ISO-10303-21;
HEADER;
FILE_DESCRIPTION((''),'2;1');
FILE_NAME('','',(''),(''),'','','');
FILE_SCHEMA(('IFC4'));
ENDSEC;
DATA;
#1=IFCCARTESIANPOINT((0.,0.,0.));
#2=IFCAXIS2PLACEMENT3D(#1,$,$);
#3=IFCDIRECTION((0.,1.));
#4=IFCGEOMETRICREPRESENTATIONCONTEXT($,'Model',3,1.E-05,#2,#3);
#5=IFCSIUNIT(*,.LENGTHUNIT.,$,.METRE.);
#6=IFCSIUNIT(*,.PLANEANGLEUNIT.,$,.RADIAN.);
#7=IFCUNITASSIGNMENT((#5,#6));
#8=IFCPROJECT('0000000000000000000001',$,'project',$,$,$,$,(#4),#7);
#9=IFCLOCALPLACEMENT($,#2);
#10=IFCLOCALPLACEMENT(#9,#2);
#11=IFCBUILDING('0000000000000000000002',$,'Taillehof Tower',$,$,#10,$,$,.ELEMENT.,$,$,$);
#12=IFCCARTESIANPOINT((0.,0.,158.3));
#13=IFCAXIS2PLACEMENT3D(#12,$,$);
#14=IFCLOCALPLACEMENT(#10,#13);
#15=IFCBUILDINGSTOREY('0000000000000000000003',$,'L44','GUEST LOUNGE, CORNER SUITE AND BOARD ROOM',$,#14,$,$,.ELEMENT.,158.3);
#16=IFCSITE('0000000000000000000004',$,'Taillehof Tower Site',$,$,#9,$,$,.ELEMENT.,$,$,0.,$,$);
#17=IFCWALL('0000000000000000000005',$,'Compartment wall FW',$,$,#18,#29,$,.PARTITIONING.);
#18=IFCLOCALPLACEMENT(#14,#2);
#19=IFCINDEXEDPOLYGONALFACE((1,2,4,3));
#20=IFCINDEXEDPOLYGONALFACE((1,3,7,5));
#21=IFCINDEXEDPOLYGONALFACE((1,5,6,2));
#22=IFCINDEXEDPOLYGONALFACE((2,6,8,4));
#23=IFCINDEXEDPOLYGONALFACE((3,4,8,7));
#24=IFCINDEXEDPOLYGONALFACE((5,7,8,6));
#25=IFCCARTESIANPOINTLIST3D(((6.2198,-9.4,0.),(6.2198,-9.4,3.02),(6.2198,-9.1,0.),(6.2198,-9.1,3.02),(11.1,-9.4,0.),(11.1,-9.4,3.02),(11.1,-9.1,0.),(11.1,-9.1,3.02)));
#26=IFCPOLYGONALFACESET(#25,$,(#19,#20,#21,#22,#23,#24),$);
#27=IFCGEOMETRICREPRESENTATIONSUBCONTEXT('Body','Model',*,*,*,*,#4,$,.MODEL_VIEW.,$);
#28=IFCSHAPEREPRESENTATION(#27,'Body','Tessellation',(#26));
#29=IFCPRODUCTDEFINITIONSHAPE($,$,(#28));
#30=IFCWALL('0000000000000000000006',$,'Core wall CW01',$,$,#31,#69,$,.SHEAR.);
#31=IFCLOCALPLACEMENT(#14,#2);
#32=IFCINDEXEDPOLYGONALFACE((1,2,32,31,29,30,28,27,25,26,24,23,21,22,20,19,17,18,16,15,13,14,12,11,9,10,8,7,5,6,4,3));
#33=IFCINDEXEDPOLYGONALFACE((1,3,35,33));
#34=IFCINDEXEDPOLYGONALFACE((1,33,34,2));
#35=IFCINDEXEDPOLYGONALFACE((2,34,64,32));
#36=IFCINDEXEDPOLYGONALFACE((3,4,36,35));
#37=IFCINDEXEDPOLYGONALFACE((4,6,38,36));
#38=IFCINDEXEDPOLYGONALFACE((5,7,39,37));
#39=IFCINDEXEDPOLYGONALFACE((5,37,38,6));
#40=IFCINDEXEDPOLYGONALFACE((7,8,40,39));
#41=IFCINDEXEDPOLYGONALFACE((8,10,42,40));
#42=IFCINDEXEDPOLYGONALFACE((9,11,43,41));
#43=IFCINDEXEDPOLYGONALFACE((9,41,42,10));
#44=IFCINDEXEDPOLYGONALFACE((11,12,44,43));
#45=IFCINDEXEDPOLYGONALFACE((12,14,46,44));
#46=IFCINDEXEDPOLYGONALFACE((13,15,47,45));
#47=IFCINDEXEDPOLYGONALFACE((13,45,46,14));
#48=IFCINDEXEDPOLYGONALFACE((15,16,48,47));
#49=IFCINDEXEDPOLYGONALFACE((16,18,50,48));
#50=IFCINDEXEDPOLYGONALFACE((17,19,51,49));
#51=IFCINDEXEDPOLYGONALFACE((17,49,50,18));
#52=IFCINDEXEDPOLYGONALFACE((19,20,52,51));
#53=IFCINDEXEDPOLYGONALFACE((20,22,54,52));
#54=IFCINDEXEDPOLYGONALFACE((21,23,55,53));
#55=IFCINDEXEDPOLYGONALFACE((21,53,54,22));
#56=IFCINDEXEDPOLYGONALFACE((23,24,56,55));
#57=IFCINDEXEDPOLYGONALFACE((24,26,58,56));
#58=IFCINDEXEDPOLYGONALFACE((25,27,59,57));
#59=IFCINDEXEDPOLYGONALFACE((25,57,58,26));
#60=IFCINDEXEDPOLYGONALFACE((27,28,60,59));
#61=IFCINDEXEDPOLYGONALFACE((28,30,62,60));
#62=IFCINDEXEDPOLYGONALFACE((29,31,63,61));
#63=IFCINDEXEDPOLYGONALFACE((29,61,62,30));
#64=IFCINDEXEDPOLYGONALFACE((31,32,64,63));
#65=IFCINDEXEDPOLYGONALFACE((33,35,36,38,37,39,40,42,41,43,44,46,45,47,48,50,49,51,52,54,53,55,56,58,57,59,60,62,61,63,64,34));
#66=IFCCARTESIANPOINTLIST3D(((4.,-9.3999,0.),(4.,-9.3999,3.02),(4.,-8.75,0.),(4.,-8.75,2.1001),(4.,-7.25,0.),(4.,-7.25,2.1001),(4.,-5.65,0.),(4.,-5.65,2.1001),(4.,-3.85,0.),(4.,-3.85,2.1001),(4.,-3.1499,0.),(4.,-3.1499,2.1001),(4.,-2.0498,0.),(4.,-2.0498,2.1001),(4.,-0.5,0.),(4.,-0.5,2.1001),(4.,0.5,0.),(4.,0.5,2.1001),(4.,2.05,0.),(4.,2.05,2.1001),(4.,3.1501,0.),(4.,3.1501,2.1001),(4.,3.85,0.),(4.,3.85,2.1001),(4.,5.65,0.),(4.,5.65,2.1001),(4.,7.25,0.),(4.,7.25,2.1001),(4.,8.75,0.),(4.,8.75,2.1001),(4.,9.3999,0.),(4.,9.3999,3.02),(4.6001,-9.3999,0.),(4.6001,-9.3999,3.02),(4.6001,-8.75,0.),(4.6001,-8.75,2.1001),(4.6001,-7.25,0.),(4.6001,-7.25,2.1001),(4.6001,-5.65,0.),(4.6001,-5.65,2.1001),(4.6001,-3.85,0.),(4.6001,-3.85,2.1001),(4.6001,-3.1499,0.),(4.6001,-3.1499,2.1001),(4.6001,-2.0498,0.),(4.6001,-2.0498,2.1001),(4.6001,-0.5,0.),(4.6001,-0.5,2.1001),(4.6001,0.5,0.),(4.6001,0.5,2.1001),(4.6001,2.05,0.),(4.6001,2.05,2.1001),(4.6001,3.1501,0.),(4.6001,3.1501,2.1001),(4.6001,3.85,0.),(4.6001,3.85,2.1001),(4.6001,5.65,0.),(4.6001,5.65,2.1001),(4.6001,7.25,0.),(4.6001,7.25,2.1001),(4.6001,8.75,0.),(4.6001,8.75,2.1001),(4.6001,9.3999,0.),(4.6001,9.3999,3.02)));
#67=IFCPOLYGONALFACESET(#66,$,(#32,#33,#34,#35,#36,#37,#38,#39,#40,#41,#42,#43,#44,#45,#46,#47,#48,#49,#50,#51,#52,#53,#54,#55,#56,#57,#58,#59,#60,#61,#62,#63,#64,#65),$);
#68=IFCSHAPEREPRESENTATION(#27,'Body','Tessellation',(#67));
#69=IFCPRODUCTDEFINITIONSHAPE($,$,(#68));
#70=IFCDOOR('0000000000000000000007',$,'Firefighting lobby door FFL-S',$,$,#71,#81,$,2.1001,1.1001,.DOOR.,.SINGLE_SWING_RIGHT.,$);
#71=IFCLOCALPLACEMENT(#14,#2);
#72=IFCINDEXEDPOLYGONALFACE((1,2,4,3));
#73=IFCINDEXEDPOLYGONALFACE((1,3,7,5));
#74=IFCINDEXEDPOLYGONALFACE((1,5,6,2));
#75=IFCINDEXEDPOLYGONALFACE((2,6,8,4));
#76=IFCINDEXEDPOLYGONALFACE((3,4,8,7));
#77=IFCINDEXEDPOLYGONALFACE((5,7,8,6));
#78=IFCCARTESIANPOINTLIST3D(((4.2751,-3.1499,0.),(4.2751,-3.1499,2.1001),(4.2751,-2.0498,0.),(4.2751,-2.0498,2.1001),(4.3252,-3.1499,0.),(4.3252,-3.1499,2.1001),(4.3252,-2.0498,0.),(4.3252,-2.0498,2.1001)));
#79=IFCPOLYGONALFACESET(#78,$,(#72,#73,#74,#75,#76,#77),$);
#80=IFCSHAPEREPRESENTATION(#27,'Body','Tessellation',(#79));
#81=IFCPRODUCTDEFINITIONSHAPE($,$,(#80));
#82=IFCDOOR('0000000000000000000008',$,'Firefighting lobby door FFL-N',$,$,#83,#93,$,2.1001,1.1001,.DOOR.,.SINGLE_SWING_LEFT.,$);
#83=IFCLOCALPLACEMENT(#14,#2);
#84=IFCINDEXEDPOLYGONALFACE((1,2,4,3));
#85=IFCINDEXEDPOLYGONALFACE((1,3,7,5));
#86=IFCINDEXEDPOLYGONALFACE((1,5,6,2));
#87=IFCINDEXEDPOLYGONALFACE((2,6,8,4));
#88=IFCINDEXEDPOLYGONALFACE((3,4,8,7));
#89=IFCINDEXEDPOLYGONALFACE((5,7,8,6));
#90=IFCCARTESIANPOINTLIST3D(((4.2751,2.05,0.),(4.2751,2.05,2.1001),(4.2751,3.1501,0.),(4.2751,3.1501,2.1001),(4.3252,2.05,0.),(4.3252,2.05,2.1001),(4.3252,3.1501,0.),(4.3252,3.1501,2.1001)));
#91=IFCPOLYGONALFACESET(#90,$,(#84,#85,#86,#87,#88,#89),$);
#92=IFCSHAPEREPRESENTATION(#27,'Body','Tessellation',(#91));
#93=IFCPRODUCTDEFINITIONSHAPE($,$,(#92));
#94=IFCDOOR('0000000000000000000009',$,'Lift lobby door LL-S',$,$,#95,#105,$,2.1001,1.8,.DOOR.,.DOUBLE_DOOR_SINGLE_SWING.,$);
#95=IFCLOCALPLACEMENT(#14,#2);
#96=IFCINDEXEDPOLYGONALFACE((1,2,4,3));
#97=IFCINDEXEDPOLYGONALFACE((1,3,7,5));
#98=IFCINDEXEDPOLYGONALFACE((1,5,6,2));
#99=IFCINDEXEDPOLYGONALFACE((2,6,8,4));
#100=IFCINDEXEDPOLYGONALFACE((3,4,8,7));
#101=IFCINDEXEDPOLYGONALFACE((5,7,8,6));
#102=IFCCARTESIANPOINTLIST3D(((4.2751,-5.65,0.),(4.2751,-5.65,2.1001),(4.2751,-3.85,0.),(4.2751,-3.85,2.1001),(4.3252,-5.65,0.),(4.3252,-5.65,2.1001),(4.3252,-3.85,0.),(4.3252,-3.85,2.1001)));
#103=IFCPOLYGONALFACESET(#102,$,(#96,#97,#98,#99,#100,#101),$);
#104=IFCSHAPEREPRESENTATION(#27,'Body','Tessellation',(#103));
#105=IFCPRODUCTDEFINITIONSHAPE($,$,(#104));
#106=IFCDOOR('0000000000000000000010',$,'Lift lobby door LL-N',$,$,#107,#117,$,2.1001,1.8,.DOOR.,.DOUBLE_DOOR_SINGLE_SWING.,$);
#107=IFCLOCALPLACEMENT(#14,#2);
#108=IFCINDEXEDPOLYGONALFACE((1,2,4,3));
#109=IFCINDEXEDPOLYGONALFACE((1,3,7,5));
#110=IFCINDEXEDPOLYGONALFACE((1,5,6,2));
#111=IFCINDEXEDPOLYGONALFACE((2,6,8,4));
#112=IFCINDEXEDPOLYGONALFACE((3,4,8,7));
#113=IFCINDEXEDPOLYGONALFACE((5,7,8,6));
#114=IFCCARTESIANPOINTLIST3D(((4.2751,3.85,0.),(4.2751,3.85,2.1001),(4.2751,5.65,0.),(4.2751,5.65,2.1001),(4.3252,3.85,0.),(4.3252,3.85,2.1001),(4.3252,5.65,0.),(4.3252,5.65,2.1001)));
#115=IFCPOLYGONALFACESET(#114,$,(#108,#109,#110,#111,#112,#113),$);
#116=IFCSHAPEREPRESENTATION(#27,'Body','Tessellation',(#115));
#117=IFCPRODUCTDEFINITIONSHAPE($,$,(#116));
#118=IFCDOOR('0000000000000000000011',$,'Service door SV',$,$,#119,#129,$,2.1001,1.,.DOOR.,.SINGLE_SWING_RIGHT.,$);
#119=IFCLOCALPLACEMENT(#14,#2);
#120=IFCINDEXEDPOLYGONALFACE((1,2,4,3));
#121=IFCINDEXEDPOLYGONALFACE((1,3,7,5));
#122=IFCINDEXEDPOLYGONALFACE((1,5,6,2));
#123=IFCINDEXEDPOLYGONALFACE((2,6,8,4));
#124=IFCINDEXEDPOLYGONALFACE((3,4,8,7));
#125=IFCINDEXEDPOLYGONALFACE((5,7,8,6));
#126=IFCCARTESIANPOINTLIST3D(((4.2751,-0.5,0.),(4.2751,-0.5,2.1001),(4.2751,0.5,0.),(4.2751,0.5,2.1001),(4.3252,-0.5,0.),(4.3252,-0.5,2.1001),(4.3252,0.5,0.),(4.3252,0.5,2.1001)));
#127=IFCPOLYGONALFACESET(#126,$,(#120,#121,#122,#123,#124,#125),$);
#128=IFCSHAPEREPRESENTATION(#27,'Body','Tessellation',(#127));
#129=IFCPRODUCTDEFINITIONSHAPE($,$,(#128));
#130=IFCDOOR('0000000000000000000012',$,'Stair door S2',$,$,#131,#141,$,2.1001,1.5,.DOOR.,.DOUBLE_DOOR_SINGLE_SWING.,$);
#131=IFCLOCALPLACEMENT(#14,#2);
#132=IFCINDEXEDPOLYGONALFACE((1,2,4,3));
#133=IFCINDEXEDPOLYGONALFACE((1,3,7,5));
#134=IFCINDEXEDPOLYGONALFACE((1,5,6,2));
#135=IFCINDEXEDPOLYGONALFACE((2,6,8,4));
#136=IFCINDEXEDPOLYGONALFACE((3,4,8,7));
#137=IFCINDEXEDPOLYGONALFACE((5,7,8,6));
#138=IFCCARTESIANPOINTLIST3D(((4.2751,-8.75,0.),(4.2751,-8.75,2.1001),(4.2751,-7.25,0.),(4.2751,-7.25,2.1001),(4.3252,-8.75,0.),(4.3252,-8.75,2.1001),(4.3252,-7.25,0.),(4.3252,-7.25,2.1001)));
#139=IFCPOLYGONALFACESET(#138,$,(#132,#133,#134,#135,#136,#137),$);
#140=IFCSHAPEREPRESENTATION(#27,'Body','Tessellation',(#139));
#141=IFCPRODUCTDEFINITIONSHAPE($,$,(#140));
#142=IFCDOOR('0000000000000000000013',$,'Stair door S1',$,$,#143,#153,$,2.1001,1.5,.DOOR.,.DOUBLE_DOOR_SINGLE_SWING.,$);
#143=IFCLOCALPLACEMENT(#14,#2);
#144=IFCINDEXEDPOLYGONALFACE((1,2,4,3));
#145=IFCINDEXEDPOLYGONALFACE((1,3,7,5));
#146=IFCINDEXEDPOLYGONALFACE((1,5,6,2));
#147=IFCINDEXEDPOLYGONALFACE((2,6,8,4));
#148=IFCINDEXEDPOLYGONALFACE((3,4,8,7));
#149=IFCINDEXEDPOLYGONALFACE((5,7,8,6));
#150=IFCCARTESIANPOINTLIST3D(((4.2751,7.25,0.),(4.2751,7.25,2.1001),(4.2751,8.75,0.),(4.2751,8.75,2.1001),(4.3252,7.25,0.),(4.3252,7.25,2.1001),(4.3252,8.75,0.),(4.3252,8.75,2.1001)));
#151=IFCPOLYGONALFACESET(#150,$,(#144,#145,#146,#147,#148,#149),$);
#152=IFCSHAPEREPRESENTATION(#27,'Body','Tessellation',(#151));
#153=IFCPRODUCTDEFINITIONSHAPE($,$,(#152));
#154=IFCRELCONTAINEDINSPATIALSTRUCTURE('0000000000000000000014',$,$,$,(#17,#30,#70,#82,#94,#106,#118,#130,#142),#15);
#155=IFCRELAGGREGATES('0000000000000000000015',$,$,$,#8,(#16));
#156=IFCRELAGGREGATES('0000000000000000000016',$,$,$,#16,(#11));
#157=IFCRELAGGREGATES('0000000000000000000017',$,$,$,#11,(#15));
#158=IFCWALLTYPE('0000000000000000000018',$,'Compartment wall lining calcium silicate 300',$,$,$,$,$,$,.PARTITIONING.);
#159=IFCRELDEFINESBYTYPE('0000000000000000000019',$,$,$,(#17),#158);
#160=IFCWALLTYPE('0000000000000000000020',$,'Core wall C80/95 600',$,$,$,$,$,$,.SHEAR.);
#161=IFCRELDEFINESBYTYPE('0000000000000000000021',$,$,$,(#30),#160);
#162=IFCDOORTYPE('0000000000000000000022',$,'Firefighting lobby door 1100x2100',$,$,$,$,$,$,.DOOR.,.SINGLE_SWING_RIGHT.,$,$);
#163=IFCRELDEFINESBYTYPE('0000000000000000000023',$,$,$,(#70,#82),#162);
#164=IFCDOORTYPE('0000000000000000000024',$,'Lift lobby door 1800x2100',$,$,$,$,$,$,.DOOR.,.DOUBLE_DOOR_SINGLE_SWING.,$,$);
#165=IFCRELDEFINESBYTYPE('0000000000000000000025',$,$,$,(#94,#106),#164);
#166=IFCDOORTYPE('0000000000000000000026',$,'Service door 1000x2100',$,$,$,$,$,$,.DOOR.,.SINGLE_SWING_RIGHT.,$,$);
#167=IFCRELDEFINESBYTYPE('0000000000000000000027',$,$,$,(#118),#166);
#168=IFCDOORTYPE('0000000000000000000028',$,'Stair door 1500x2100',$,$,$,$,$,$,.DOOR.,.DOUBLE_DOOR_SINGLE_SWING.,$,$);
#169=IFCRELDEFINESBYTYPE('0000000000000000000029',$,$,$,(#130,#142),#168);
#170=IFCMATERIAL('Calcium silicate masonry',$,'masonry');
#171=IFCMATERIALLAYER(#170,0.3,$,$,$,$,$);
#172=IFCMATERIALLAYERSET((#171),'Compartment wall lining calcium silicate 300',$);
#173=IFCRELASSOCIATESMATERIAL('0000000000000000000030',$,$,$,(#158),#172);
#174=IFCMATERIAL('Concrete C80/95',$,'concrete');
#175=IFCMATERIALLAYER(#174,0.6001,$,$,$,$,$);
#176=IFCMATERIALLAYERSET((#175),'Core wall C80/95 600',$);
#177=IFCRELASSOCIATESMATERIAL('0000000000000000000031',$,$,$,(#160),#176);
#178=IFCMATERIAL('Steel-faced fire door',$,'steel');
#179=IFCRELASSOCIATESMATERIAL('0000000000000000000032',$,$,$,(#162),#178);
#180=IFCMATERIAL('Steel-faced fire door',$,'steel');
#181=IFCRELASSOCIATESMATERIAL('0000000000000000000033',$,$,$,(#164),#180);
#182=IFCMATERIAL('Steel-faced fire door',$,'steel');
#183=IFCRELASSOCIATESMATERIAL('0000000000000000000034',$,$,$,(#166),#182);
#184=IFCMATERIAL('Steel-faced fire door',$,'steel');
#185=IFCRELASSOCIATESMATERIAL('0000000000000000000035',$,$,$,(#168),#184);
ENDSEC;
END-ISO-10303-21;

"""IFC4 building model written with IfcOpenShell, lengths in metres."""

from ifc_helpers import new_model, si_unit, direction, frame, frame_2d, origin, place, context, subcontext, project, spatial, rectangle, extrude, material, layer, layer_set, type_object, element, fill, save


model = new_model("IFC4")

# Units and contexts
model_context = context("Model", 3, precision=1e-05, world=origin(), true_north=direction((0.0, 1.0)))
body_context = subcontext(model_context, "Body", "Model", "MODEL_VIEW")
ifc_project = project(units=[si_unit("LENGTHUNIT", "METRE"), si_unit("PLANEANGLEUNIT", "RADIAN")], contexts=[model_context])

# Site, building, storey
site_placement = place(None, origin())
site = spatial("IfcSite", under=ifc_project, at=site_placement, Name="Taillehof Tower Site", CompositionType="ELEMENT", RefElevation=0.0)
building_placement = place(site_placement, origin())
building = spatial("IfcBuilding", under=site, at=building_placement, Name="Taillehof Tower", CompositionType="ELEMENT")
storey_placement = place(building_placement, frame((0.0, 0.0, 158.3)))
storey = spatial("IfcBuildingStorey", under=building, at=storey_placement, Name="L44", Description="GUEST LOUNGE, CORNER SUITE AND BOARD ROOM", CompositionType="ELEMENT", Elevation=158.3)

# Wall
ifc_material_1 = material(Name="Calcium silicate masonry", Category="masonry")
ifc_layer_1 = layer(ifc_material_1, 0.3)
ifc_layer_set_1 = layer_set([ifc_layer_1], Name="Compartment wall lining calcium silicate 300")
wall_type_1 = type_object("IfcWallType", Name="Compartment wall lining calcium silicate 300", PredefinedType="PARTITIONING", material=ifc_layer_set_1)
wall_1_placement = place(storey_placement, frame((6.22, -9.25, 0.0), z_axis=(0.0, 0.0, 1.0), x_axis=(1.0, 0.0, 0.0)))
element("IfcWall", 1, at=wall_1_placement, inside=storey, type_object=wall_type_1, Name="Compartment wall FW", PredefinedType="PARTITIONING", context=body_context, shape_type="SweptSolid", body=[
    extrude(rectangle(XDim=4.8801, YDim=0.3, at=frame_2d((2.4399, 0.0))), origin(), (0.0, 0.0, 1.0), 3.02),
])

# Wall, openings, doors
ifc_material_2 = material(Name="Concrete C80/95", Category="concrete")
ifc_layer_2 = layer(ifc_material_2, 0.6001)
ifc_layer_set_2 = layer_set([ifc_layer_2], Name="Core wall C80/95 600")
wall_type_2 = type_object("IfcWallType", Name="Core wall C80/95 600", PredefinedType="SHEAR", material=ifc_layer_set_2)
wall_2_placement = place(storey_placement, frame((4.3, -9.3999, 0.0), z_axis=(0.0, 0.0, 1.0), x_axis=(0.0, 1.0, 0.0)))
wall_2 = element("IfcWall", 2, at=wall_2_placement, inside=storey, type_object=wall_type_2, Name="Core wall CW01", PredefinedType="SHEAR", context=body_context, shape_type="SweptSolid", body=[
    extrude(rectangle(XDim=18.7998, YDim=0.6001, at=frame_2d((9.3999, 0.0))), origin(), (0.0, 0.0, 1.0), 3.02),
])
opening_1_placement = place(wall_2_placement, frame((0.6499, 0.0, 0.0)))
opening_1 = element("IfcOpeningElement", 3, at=opening_1_placement, cuts=wall_2, PredefinedType="OPENING", context=body_context, shape_type="SweptSolid", body=[
    extrude(rectangle(XDim=1.5, YDim=2.1001, at=frame_2d((0.75, 1.05))), frame((0.0, 0.3101, 0.0), z_axis=(0.0, -1.0, 0.0), x_axis=(1.0, 0.0, 0.0)), (0.0, 0.0, 1.0), 0.6201),
])
opening_2_placement = place(wall_2_placement, frame((3.75, 0.0, 0.0)))
opening_2 = element("IfcOpeningElement", 4, at=opening_2_placement, cuts=wall_2, PredefinedType="OPENING", context=body_context, shape_type="SweptSolid", body=[
    extrude(rectangle(XDim=1.8, YDim=2.1001, at=frame_2d((0.8999, 1.05))), frame((0.0, 0.3101, 0.0), z_axis=(0.0, -1.0, 0.0), x_axis=(1.0, 0.0, 0.0)), (0.0, 0.0, 1.0), 0.6201),
])
opening_3_placement = place(wall_2_placement, frame((6.25, 0.0, 0.0)))
opening_3 = element("IfcOpeningElement", 5, at=opening_3_placement, cuts=wall_2, PredefinedType="OPENING", context=body_context, shape_type="SweptSolid", body=[
    extrude(rectangle(XDim=1.1001, YDim=2.1001, at=frame_2d((0.55, 1.05))), frame((0.0, 0.3101, 0.0), z_axis=(0.0, -1.0, 0.0), x_axis=(1.0, 0.0, 0.0)), (0.0, 0.0, 1.0), 0.6201),
])
opening_4_placement = place(wall_2_placement, frame((8.8999, 0.0, 0.0)))
opening_4 = element("IfcOpeningElement", 6, at=opening_4_placement, cuts=wall_2, PredefinedType="OPENING", context=body_context, shape_type="SweptSolid", body=[
    extrude(rectangle(XDim=1.0, YDim=2.1001, at=frame_2d((0.5, 1.05))), frame((0.0, 0.3101, 0.0), z_axis=(0.0, -1.0, 0.0), x_axis=(1.0, 0.0, 0.0)), (0.0, 0.0, 1.0), 0.6201),
])
opening_5_placement = place(wall_2_placement, frame((11.45, 0.0, 0.0)))
opening_5 = element("IfcOpeningElement", 7, at=opening_5_placement, cuts=wall_2, PredefinedType="OPENING", context=body_context, shape_type="SweptSolid", body=[
    extrude(rectangle(XDim=1.1001, YDim=2.1001, at=frame_2d((0.55, 1.05))), frame((0.0, 0.3101, 0.0), z_axis=(0.0, -1.0, 0.0), x_axis=(1.0, 0.0, 0.0)), (0.0, 0.0, 1.0), 0.6201),
])
opening_6_placement = place(wall_2_placement, frame((13.25, 0.0, 0.0)))
opening_6 = element("IfcOpeningElement", 8, at=opening_6_placement, cuts=wall_2, PredefinedType="OPENING", context=body_context, shape_type="SweptSolid", body=[
    extrude(rectangle(XDim=1.8, YDim=2.1001, at=frame_2d((0.8999, 1.05))), frame((0.0, 0.3101, 0.0), z_axis=(0.0, -1.0, 0.0), x_axis=(1.0, 0.0, 0.0)), (0.0, 0.0, 1.0), 0.6201),
])
opening_7_placement = place(wall_2_placement, frame((16.6499, 0.0, 0.0)))
opening_7 = element("IfcOpeningElement", 9, at=opening_7_placement, cuts=wall_2, PredefinedType="OPENING", context=body_context, shape_type="SweptSolid", body=[
    extrude(rectangle(XDim=1.5, YDim=2.1001, at=frame_2d((0.75, 1.05))), frame((0.0, 0.3101, 0.0), z_axis=(0.0, -1.0, 0.0), x_axis=(1.0, 0.0, 0.0)), (0.0, 0.0, 1.0), 0.6201),
])
ifc_material_3 = material(Name="Steel-faced fire door", Category="steel")
door_type_1 = type_object("IfcDoorType", Name="Firefighting lobby door 1100x2100", OperationType="SINGLE_SWING_RIGHT", PredefinedType="DOOR", material=ifc_material_3)
door_1_placement = place(opening_3_placement, origin())
door_1 = element("IfcDoor", 10, at=door_1_placement, inside=storey, type_object=door_type_1, Name="Firefighting lobby door FFL-S", OperationType="SINGLE_SWING_RIGHT", OverallHeight=2.1001, OverallWidth=1.1001, PredefinedType="DOOR", context=body_context, shape_type="SweptSolid", body=[
    extrude(rectangle(XDim=1.1001, YDim=2.1001, at=frame_2d((0.55, 1.05))), frame((0.0, 0.0249, 0.0), z_axis=(0.0, -1.0, 0.0), x_axis=(1.0, 0.0, 0.0)), (0.0, 0.0, 1.0), 0.05),
])
fill(opening_3, door_1)
door_2_placement = place(opening_5_placement, origin())
door_2 = element("IfcDoor", 11, at=door_2_placement, inside=storey, type_object=door_type_1, Name="Firefighting lobby door FFL-N", OperationType="SINGLE_SWING_LEFT", OverallHeight=2.1001, OverallWidth=1.1001, PredefinedType="DOOR", context=body_context, shape_type="SweptSolid", body=[
    extrude(rectangle(XDim=1.1001, YDim=2.1001, at=frame_2d((0.55, 1.05))), frame((0.0, 0.0249, 0.0), z_axis=(0.0, -1.0, 0.0), x_axis=(1.0, 0.0, 0.0)), (0.0, 0.0, 1.0), 0.05),
])
fill(opening_5, door_2)
ifc_material_4 = material(Name="Steel-faced fire door", Category="steel")
door_type_2 = type_object("IfcDoorType", Name="Lift lobby door 1800x2100", OperationType="DOUBLE_DOOR_SINGLE_SWING", PredefinedType="DOOR", material=ifc_material_4)
door_3_placement = place(opening_2_placement, origin())
door_3 = element("IfcDoor", 12, at=door_3_placement, inside=storey, type_object=door_type_2, Name="Lift lobby door LL-S", OperationType="DOUBLE_DOOR_SINGLE_SWING", OverallHeight=2.1001, OverallWidth=1.8, PredefinedType="DOOR", context=body_context, shape_type="SweptSolid", body=[
    extrude(rectangle(XDim=1.8, YDim=2.1001, at=frame_2d((0.8999, 1.05))), frame((0.0, 0.0249, 0.0), z_axis=(0.0, -1.0, 0.0), x_axis=(1.0, 0.0, 0.0)), (0.0, 0.0, 1.0), 0.05),
])
fill(opening_2, door_3)
door_4_placement = place(opening_6_placement, origin())
door_4 = element("IfcDoor", 13, at=door_4_placement, inside=storey, type_object=door_type_2, Name="Lift lobby door LL-N", OperationType="DOUBLE_DOOR_SINGLE_SWING", OverallHeight=2.1001, OverallWidth=1.8, PredefinedType="DOOR", context=body_context, shape_type="SweptSolid", body=[
    extrude(rectangle(XDim=1.8, YDim=2.1001, at=frame_2d((0.8999, 1.05))), frame((0.0, 0.0249, 0.0), z_axis=(0.0, -1.0, 0.0), x_axis=(1.0, 0.0, 0.0)), (0.0, 0.0, 1.0), 0.05),
])
fill(opening_6, door_4)
ifc_material_5 = material(Name="Steel-faced fire door", Category="steel")
door_type_3 = type_object("IfcDoorType", Name="Service door 1000x2100", OperationType="SINGLE_SWING_RIGHT", PredefinedType="DOOR", material=ifc_material_5)
door_5_placement = place(opening_4_placement, origin())
door_5 = element("IfcDoor", 14, at=door_5_placement, inside=storey, type_object=door_type_3, Name="Service door SV", OperationType="SINGLE_SWING_RIGHT", OverallHeight=2.1001, OverallWidth=1.0, PredefinedType="DOOR", context=body_context, shape_type="SweptSolid", body=[
    extrude(rectangle(XDim=1.0, YDim=2.1001, at=frame_2d((0.5, 1.05))), frame((0.0, 0.0249, 0.0), z_axis=(0.0, -1.0, 0.0), x_axis=(1.0, 0.0, 0.0)), (0.0, 0.0, 1.0), 0.05),
])
fill(opening_4, door_5)
ifc_material_6 = material(Name="Steel-faced fire door", Category="steel")
door_type_4 = type_object("IfcDoorType", Name="Stair door 1500x2100", OperationType="DOUBLE_DOOR_SINGLE_SWING", PredefinedType="DOOR", material=ifc_material_6)
door_6_placement = place(opening_1_placement, origin())
door_6 = element("IfcDoor", 15, at=door_6_placement, inside=storey, type_object=door_type_4, Name="Stair door S2", OperationType="DOUBLE_DOOR_SINGLE_SWING", OverallHeight=2.1001, OverallWidth=1.5, PredefinedType="DOOR", context=body_context, shape_type="SweptSolid", body=[
    extrude(rectangle(XDim=1.5, YDim=2.1001, at=frame_2d((0.75, 1.05))), frame((0.0, 0.0249, 0.0), z_axis=(0.0, -1.0, 0.0), x_axis=(1.0, 0.0, 0.0)), (0.0, 0.0, 1.0), 0.05),
])
fill(opening_1, door_6)
door_7_placement = place(opening_7_placement, origin())
door_7 = element("IfcDoor", 16, at=door_7_placement, inside=storey, type_object=door_type_4, Name="Stair door S1", OperationType="DOUBLE_DOOR_SINGLE_SWING", OverallHeight=2.1001, OverallWidth=1.5, PredefinedType="DOOR", context=body_context, shape_type="SweptSolid", body=[
    extrude(rectangle(XDim=1.5, YDim=2.1001, at=frame_2d((0.75, 1.05))), frame((0.0, 0.0249, 0.0), z_axis=(0.0, -1.0, 0.0), x_axis=(1.0, 0.0, 0.0)), (0.0, 0.0, 1.0), 0.05),
])
fill(opening_7, door_7)

save(model, "model.ifc")
